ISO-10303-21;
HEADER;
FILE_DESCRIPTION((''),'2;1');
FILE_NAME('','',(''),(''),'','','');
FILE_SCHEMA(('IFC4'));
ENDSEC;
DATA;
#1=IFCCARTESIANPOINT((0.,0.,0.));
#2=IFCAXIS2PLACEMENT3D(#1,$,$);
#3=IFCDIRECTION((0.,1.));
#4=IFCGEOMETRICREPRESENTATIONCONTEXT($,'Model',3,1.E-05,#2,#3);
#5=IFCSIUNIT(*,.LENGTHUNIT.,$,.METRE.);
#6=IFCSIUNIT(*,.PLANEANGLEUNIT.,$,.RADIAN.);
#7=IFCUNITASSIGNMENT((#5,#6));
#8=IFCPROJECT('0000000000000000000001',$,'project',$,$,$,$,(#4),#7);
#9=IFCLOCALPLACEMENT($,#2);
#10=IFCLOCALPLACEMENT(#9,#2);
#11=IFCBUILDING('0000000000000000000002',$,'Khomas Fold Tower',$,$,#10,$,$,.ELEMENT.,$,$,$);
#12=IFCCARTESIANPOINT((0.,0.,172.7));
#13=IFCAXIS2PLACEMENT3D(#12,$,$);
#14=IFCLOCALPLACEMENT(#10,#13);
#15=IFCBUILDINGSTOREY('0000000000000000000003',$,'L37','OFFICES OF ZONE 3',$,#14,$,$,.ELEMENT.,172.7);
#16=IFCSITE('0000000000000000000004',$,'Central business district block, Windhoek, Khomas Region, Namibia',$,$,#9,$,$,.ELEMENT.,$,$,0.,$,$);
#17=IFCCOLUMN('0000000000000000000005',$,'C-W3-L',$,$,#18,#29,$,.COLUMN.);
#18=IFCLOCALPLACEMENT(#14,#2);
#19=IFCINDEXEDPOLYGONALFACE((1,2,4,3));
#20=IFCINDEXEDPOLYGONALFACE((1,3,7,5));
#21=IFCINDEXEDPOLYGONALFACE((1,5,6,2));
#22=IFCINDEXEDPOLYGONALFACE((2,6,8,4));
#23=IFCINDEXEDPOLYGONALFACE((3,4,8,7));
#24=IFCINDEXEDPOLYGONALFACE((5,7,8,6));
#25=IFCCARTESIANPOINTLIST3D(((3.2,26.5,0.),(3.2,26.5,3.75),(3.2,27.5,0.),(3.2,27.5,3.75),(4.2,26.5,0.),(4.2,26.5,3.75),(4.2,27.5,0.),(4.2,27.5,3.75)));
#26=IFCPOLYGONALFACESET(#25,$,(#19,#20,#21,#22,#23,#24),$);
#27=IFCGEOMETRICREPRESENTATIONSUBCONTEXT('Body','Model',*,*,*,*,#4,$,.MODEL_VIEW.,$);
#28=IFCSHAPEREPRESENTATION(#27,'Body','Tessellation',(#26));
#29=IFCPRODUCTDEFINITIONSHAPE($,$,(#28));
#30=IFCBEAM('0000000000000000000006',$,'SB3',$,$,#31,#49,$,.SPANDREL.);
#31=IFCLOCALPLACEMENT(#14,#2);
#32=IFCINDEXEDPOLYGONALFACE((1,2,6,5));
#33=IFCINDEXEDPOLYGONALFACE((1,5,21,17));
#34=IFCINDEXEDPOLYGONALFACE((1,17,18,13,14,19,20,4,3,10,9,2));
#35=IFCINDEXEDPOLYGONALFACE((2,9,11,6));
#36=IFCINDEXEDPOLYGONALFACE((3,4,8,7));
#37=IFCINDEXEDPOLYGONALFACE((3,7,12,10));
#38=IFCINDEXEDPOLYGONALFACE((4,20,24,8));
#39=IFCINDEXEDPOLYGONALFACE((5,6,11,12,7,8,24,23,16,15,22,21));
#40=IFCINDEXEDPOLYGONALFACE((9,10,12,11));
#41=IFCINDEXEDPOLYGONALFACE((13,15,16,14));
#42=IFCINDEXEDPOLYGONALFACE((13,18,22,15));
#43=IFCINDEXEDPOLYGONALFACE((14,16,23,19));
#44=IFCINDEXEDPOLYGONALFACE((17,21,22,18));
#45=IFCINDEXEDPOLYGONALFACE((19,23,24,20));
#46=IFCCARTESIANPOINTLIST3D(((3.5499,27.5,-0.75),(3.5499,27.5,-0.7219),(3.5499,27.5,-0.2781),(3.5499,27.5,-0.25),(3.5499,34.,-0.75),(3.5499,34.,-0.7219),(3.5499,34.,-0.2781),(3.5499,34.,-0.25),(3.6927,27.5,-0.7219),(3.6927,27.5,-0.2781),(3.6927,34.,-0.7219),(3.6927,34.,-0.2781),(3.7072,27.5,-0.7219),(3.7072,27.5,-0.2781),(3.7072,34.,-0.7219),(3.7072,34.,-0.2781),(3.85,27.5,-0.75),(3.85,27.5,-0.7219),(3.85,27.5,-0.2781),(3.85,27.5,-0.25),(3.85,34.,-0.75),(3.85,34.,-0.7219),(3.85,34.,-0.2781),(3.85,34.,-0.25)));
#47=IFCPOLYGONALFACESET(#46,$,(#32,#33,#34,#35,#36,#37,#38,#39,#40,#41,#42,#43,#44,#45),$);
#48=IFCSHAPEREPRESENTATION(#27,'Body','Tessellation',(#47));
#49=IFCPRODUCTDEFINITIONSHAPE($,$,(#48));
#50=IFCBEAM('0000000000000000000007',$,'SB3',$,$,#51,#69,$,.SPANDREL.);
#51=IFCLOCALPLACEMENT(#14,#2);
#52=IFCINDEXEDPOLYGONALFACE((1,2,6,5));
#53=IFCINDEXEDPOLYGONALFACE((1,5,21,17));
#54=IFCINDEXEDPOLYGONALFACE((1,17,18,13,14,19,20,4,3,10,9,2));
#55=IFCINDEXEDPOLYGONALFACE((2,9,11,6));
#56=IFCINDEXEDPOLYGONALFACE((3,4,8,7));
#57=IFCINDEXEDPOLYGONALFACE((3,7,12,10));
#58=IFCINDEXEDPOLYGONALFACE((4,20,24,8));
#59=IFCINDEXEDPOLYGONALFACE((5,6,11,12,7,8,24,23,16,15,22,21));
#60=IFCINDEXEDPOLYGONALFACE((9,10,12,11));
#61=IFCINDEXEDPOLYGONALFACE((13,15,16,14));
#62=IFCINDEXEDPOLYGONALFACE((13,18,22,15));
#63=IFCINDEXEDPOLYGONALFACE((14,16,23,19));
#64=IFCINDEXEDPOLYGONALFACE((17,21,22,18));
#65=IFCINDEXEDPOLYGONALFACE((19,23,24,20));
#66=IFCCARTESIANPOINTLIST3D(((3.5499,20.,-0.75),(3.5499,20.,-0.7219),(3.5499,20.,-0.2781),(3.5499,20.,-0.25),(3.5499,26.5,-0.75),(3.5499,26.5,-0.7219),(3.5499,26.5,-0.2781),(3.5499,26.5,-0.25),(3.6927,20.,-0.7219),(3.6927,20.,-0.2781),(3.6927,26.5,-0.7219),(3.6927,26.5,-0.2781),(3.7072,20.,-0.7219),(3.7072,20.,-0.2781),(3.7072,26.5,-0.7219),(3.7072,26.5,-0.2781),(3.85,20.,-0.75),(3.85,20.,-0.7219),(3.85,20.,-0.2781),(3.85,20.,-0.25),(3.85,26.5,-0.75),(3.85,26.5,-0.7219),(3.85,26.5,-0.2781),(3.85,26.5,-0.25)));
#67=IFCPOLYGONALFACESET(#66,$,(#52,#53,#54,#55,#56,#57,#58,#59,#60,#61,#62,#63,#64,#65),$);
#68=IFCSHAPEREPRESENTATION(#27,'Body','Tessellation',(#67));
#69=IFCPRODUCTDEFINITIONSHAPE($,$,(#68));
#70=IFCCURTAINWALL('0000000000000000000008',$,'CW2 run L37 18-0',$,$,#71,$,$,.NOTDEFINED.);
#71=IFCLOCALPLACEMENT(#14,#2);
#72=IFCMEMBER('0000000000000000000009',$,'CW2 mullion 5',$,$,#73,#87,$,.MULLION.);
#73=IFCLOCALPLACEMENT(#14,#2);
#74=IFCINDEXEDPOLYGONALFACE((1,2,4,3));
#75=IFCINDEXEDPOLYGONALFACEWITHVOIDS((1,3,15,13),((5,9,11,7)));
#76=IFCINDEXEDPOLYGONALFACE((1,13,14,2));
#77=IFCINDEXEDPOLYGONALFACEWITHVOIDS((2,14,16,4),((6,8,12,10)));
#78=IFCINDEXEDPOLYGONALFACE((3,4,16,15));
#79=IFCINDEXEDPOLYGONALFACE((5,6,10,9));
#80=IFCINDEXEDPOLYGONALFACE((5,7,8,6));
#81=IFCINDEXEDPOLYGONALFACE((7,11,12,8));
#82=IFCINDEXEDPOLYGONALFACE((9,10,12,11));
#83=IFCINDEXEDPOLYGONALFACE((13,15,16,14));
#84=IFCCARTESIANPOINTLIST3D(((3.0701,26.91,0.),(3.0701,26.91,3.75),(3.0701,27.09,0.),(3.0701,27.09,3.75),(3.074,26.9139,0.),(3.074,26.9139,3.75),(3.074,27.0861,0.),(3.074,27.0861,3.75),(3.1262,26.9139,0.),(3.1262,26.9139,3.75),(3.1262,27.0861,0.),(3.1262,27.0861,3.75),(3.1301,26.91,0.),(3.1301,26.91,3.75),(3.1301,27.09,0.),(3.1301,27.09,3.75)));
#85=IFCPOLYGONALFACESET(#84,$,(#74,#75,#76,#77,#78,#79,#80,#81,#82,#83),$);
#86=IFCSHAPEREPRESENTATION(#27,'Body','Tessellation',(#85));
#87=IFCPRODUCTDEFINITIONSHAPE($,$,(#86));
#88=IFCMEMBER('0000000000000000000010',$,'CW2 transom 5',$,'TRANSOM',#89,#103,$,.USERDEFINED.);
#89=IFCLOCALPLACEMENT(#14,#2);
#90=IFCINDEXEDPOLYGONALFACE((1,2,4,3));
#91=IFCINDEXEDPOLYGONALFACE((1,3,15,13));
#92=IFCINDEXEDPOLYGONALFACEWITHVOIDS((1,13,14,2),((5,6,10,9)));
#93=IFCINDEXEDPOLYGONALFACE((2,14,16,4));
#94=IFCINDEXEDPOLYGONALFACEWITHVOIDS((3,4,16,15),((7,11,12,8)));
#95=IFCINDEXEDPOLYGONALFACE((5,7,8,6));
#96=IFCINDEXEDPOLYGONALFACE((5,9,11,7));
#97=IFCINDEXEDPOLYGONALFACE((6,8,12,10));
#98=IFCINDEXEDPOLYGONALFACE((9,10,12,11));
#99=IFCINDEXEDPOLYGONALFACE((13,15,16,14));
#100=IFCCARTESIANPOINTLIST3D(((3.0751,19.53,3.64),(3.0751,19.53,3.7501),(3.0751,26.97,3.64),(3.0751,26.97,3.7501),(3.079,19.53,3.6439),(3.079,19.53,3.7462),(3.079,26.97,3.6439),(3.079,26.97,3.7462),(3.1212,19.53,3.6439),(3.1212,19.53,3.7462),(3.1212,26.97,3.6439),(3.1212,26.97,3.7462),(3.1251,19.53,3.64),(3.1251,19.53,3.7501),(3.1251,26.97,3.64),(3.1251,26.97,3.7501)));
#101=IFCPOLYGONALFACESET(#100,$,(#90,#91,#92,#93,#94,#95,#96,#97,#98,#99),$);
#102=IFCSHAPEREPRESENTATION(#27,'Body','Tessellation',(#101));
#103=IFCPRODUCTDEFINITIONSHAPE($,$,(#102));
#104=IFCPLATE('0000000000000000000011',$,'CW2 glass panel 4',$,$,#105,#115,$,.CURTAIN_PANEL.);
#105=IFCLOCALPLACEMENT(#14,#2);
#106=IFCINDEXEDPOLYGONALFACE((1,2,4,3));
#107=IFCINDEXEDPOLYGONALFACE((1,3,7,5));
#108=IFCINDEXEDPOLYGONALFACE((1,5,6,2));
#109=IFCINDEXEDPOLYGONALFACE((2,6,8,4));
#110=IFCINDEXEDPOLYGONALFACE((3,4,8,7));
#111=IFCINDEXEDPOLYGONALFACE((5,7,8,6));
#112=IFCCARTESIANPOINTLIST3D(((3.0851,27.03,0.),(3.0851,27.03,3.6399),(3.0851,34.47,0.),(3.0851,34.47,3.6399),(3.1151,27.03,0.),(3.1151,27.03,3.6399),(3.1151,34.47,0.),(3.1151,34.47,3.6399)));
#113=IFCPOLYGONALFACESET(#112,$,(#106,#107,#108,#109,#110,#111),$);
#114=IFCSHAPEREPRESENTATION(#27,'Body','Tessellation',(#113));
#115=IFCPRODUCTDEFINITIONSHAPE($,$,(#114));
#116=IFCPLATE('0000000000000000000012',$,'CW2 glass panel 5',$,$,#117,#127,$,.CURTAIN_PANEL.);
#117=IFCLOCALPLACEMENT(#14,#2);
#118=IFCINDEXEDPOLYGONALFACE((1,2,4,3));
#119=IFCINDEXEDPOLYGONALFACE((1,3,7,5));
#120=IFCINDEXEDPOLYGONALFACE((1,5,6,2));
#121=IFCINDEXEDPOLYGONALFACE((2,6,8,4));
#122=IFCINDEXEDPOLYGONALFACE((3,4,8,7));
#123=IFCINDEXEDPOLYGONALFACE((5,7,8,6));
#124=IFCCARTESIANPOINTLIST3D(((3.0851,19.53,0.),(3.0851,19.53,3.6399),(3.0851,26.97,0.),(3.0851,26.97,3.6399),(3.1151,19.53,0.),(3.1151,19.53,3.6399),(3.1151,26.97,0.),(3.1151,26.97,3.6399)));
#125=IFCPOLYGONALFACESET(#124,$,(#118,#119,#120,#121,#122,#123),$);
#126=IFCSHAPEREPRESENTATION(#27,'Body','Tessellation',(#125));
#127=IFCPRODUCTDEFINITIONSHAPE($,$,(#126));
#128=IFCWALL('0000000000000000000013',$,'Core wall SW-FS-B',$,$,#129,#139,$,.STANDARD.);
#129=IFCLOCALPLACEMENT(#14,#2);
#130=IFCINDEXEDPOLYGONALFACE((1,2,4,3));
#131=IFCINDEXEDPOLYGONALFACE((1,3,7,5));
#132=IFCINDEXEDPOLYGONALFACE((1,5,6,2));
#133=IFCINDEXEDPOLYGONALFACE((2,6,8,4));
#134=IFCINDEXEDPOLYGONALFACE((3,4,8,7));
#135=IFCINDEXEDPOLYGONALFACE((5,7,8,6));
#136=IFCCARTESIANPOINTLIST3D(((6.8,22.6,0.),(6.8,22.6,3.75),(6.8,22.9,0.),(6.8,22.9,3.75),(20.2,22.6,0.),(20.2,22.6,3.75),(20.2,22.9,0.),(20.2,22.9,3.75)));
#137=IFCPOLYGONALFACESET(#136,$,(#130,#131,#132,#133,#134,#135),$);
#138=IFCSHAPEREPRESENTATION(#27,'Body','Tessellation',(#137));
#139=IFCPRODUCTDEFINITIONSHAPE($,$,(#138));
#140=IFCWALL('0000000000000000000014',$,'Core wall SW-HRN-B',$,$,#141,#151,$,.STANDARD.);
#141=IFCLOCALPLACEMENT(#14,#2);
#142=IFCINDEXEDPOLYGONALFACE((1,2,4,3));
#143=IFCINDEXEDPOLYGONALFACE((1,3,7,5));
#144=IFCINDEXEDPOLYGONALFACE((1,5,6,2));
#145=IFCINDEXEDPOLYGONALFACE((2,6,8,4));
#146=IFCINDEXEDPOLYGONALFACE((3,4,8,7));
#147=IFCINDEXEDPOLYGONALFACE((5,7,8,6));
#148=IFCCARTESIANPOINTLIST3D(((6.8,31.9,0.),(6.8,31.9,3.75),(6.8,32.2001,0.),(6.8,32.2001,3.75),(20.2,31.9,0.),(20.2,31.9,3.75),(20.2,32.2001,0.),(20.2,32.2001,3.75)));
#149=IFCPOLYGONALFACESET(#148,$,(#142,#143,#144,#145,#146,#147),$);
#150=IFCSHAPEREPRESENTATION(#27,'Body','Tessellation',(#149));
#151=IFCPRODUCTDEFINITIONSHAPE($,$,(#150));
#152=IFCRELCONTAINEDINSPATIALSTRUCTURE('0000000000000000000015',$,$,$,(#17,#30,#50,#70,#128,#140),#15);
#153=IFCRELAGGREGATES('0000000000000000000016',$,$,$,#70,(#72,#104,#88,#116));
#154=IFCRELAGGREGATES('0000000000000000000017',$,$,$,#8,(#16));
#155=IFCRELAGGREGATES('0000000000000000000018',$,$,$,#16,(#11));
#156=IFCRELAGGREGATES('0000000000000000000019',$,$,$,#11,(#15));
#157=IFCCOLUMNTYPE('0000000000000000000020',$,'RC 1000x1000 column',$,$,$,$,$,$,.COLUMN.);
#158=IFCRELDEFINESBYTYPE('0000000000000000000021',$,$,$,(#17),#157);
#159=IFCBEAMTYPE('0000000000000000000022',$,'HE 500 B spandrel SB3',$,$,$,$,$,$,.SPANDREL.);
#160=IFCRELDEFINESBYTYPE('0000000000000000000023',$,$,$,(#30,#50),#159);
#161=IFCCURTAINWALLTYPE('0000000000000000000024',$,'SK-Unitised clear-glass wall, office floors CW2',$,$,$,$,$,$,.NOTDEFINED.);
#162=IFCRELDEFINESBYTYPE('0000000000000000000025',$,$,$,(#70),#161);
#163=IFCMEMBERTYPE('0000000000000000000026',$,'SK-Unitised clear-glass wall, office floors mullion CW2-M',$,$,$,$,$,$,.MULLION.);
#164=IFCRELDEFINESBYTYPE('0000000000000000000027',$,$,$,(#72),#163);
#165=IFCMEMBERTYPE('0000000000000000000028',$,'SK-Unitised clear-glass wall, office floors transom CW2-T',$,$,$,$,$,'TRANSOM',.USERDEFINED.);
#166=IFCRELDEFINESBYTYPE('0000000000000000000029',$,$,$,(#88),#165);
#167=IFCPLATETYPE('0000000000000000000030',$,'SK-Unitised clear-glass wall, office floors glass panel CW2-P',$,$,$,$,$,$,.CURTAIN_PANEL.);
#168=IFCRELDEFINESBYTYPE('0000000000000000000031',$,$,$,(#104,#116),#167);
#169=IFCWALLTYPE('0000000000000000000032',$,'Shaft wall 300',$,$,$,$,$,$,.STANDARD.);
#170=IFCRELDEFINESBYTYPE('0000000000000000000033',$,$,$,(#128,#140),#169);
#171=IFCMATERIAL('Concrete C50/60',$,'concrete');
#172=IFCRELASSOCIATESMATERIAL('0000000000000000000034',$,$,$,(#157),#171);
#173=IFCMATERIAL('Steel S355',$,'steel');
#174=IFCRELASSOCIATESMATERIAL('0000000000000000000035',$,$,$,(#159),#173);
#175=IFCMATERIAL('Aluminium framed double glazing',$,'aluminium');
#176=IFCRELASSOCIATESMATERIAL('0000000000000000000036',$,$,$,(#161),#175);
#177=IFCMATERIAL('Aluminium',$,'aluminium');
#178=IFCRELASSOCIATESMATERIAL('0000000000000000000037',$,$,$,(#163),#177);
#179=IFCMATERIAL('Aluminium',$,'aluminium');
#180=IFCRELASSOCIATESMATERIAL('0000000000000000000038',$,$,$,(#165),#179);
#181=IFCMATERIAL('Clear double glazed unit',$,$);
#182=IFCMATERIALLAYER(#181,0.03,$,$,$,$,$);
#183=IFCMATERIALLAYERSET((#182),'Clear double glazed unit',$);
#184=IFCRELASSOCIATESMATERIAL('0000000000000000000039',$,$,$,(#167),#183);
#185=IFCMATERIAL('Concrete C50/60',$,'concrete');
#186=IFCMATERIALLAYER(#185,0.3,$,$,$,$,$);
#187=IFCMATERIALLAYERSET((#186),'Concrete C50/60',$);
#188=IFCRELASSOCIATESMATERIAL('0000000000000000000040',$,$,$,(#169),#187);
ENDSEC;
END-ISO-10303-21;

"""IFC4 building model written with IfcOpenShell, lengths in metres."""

from ifc_helpers import new_model, si_unit, direction, frame, frame_2d, origin, origin_2d, place, context, subcontext, project, spatial, rectangle, hollow_rectangle, i_section, extrude, source, transform, mapped, material, layer, layer_set, material_profile, profile_set, type_object, element, aggregate, save


model = new_model("IFC4")

# Units and contexts
model_context = context("Model", 3, precision=1e-05, world=origin(), true_north=direction((0.0, 1.0)))
body_context = subcontext(model_context, "Body", "Model", "MODEL_VIEW")
ifc_project = project(units=[si_unit("LENGTHUNIT", "METRE"), si_unit("PLANEANGLEUNIT", "RADIAN")], contexts=[model_context])

# Site, building, storey
site_placement = place(None, origin())
site = spatial("IfcSite", under=ifc_project, at=site_placement, Name="Central business district block, Windhoek, Khomas Region, Namibia", CompositionType="ELEMENT", RefElevation=0.0)
building_placement = place(site_placement, origin())
building = spatial("IfcBuilding", under=site, at=building_placement, Name="Khomas Fold Tower", CompositionType="ELEMENT")
storey_placement = place(building_placement, frame((0.0, 0.0, 172.7)))
storey = spatial("IfcBuildingStorey", under=building, at=storey_placement, Name="L37", Description="OFFICES OF ZONE 3", CompositionType="ELEMENT", Elevation=172.7)

# Column
ifc_material_1 = material(Name="Concrete C50/60", Category="concrete")
ifc_material_profile_1 = material_profile(ifc_material_1, rectangle(XDim=1.0, YDim=1.0, at=origin_2d()), Name="RC 1000x1000")
ifc_profile_set_1 = profile_set([ifc_material_profile_1], Name="Concrete C50/60")
column_type = type_object("IfcColumnType", Name="RC 1000x1000 column", PredefinedType="COLUMN", material=ifc_profile_set_1)
shared_shape_1 = source(origin(), body_context, "Body", "SweptSolid", [
    extrude(rectangle(XDim=1.0, YDim=1.0, at=origin_2d()), origin(), (0.0, 0.0, 1.0), 3.75),
])
column_placement = place(storey_placement, frame((3.7, 27.0, 0.0), z_axis=(0.0, 0.0, 1.0), x_axis=(1.0, 0.0, 0.0)))
element("IfcColumn", 1, at=column_placement, inside=storey, type_object=column_type, Name="C-W3-L", PredefinedType="COLUMN", context=body_context, shape_type="MappedRepresentation", body=[
    mapped(shared_shape_1, transform((0.0, 0.0, 0.0))),
])

# Beams
ifc_material_2 = material(Name="Steel S355", Category="steel")
ifc_material_profile_2 = material_profile(ifc_material_2, i_section(OverallWidth=0.3, OverallDepth=0.5, WebThickness=0.0144, FlangeThickness=0.0281, at=origin_2d()), Name="HE 500 B")
ifc_profile_set_2 = profile_set([ifc_material_profile_2], Name="Steel S355")
beam_type = type_object("IfcBeamType", Name="HE 500 B spandrel SB3", PredefinedType="SPANDREL", material=ifc_profile_set_2)
shared_shape_2 = source(origin(), body_context, "Body", "SweptSolid", [
    extrude(i_section(OverallWidth=0.3, OverallDepth=0.5, WebThickness=0.0144, FlangeThickness=0.0281, at=origin_2d()), origin(), (0.0, 0.0, 1.0), 6.5),
])
for number, where, z_axis, x_axis, name in (
    (2, (3.7, 27.5, -0.5), (0.0, 1.0, 0.0), (-1.0, 0.0, 0.0), "SB3"),
    (3, (3.7, 20.0, -0.5), (0.0, 1.0, 0.0), (-1.0, 0.0, 0.0), "SB3"),
):
    element("IfcBeam", number, at=place(storey_placement, frame(where, z_axis=z_axis, x_axis=x_axis)), inside=storey, type_object=beam_type, Name=name, PredefinedType="SPANDREL", context=body_context, shape_type="MappedRepresentation", body=[
        mapped(shared_shape_2, transform((0.0, 0.0, 0.0))),
    ])

# Curtain wall, members, plates
ifc_material_3 = material(Name="Aluminium framed double glazing", Category="aluminium")
curtain_wall_type = type_object("IfcCurtainWallType", Name="SK-Unitised clear-glass wall, office floors CW2", PredefinedType="NOTDEFINED", material=ifc_material_3)
curtain_wall_placement = place(storey_placement, origin())
curtain_wall = element("IfcCurtainWall", 4, at=curtain_wall_placement, inside=storey, type_object=curtain_wall_type, Name="CW2 run L37 18-0", PredefinedType="NOTDEFINED")
ifc_material_4 = material(Name="Aluminium", Category="aluminium")
ifc_material_profile_3 = material_profile(ifc_material_4, hollow_rectangle(XDim=0.0601, YDim=0.1799, WallThickness=0.0039, at=origin_2d()), Name="SK-Unitised clear-glass wall, office floors mullion CW2-M")
ifc_profile_set_3 = profile_set([ifc_material_profile_3], Name="Aluminium")
member_type_1 = type_object("IfcMemberType", Name="SK-Unitised clear-glass wall, office floors mullion CW2-M", PredefinedType="MULLION", material=ifc_profile_set_3)
shared_shape_3 = source(origin(), body_context, "Body", "SweptSolid", [
    extrude(hollow_rectangle(XDim=0.0601, YDim=0.1799, WallThickness=0.0039, at=origin_2d()), origin(), (0.0, 0.0, 1.0), 3.75),
])
member_1_placement = place(storey_placement, frame((3.1001, 27.0, 0.0), z_axis=(0.0, 0.0, 1.0), x_axis=(1.0, 0.0, 0.0)))
member_1 = element("IfcMember", 5, at=member_1_placement, type_object=member_type_1, Name="CW2 mullion 5", PredefinedType="MULLION", context=body_context, shape_type="MappedRepresentation", body=[
    mapped(shared_shape_3, transform((0.0, 0.0, 0.0))),
])
ifc_material_5 = material(Name="Aluminium", Category="aluminium")
ifc_material_profile_4 = material_profile(ifc_material_5, hollow_rectangle(XDim=0.05, YDim=0.1101, WallThickness=0.0039, at=origin_2d()), Name="SK-Unitised clear-glass wall, office floors transom CW2-T")
ifc_profile_set_4 = profile_set([ifc_material_profile_4], Name="Aluminium")
member_type_2 = type_object("IfcMemberType", Name="SK-Unitised clear-glass wall, office floors transom CW2-T", ElementType="TRANSOM", PredefinedType="USERDEFINED", material=ifc_profile_set_4)
shared_shape_4 = source(origin(), body_context, "Body", "SweptSolid", [
    extrude(hollow_rectangle(XDim=0.05, YDim=0.1101, WallThickness=0.0039, at=origin_2d()), origin(), (0.0, 0.0, 1.0), 7.4399),
])
member_2_placement = place(storey_placement, frame((3.1001, 26.97, 3.6951), z_axis=(0.0, -1.0, 0.0), x_axis=(1.0, 0.0, 0.0)))
member_2 = element("IfcMember", 6, at=member_2_placement, type_object=member_type_2, Name="CW2 transom 5", ObjectType="TRANSOM", PredefinedType="USERDEFINED", context=body_context, shape_type="MappedRepresentation", body=[
    mapped(shared_shape_4, transform((0.0, 0.0, 0.0))),
])
ifc_material_6 = material(Name="Clear double glazed unit")
ifc_layer_1 = layer(ifc_material_6, 0.03)
ifc_layer_set_1 = layer_set([ifc_layer_1], Name="Clear double glazed unit")
plate_type = type_object("IfcPlateType", Name="SK-Unitised clear-glass wall, office floors glass panel CW2-P", PredefinedType="CURTAIN_PANEL", material=ifc_layer_set_1)
shared_shape_5 = source(origin(), body_context, "Body", "SweptSolid", [
    extrude(rectangle(XDim=7.4399, YDim=0.03, at=origin_2d()), origin(), (0.0, 0.0, 1.0), 3.6399),
])
plate_1_placement = place(storey_placement, frame((3.1001, 30.75, 0.0), z_axis=(0.0, 0.0, 1.0), x_axis=(0.0, -1.0, 0.0)))
plate_1 = element("IfcPlate", 7, at=plate_1_placement, type_object=plate_type, Name="CW2 glass panel 4", PredefinedType="CURTAIN_PANEL", context=body_context, shape_type="MappedRepresentation", body=[
    mapped(shared_shape_5, transform((0.0, 0.0, 0.0))),
])
plate_2_placement = place(storey_placement, frame((3.1001, 23.25, 0.0), z_axis=(0.0, 0.0, 1.0), x_axis=(0.0, -1.0, 0.0)))
plate_2 = element("IfcPlate", 8, at=plate_2_placement, type_object=plate_type, Name="CW2 glass panel 5", PredefinedType="CURTAIN_PANEL", context=body_context, shape_type="MappedRepresentation", body=[
    mapped(shared_shape_5, transform((0.0, 0.0, 0.0))),
])
aggregate(curtain_wall, [member_1, plate_1, member_2, plate_2])

# Walls
ifc_material_7 = material(Name="Concrete C50/60", Category="concrete")
ifc_layer_2 = layer(ifc_material_7, 0.3)
ifc_layer_set_2 = layer_set([ifc_layer_2], Name="Concrete C50/60")
wall_type_1 = type_object("IfcWallType", Name="Shaft wall 300", PredefinedType="STANDARD", material=ifc_layer_set_2)
shared_shape_6 = source(origin(), body_context, "Body", "SweptSolid", [
    extrude(rectangle(XDim=13.3999, YDim=0.3, at=frame_2d((6.7, 0.0))), origin(), (0.0, 0.0, 1.0), 3.75),
])
for number, where, z_axis, x_axis, name in (
    (9, (6.8, 22.75, 0.0), (0.0, 0.0, 1.0), (1.0, 0.0, 0.0), "Core wall SW-FS-B"),
    (10, (6.8, 32.05, 0.0), (0.0, 0.0, 1.0), (1.0, 0.0, 0.0), "Core wall SW-HRN-B"),
):
    element("IfcWall", number, at=place(storey_placement, frame(where, z_axis=z_axis, x_axis=x_axis)), inside=storey, type_object=wall_type_1, Name=name, PredefinedType="STANDARD", context=body_context, shape_type="MappedRepresentation", body=[
        mapped(shared_shape_6, transform((0.0, 0.0, 0.0))),
    ])

save(model, "model.ifc")
